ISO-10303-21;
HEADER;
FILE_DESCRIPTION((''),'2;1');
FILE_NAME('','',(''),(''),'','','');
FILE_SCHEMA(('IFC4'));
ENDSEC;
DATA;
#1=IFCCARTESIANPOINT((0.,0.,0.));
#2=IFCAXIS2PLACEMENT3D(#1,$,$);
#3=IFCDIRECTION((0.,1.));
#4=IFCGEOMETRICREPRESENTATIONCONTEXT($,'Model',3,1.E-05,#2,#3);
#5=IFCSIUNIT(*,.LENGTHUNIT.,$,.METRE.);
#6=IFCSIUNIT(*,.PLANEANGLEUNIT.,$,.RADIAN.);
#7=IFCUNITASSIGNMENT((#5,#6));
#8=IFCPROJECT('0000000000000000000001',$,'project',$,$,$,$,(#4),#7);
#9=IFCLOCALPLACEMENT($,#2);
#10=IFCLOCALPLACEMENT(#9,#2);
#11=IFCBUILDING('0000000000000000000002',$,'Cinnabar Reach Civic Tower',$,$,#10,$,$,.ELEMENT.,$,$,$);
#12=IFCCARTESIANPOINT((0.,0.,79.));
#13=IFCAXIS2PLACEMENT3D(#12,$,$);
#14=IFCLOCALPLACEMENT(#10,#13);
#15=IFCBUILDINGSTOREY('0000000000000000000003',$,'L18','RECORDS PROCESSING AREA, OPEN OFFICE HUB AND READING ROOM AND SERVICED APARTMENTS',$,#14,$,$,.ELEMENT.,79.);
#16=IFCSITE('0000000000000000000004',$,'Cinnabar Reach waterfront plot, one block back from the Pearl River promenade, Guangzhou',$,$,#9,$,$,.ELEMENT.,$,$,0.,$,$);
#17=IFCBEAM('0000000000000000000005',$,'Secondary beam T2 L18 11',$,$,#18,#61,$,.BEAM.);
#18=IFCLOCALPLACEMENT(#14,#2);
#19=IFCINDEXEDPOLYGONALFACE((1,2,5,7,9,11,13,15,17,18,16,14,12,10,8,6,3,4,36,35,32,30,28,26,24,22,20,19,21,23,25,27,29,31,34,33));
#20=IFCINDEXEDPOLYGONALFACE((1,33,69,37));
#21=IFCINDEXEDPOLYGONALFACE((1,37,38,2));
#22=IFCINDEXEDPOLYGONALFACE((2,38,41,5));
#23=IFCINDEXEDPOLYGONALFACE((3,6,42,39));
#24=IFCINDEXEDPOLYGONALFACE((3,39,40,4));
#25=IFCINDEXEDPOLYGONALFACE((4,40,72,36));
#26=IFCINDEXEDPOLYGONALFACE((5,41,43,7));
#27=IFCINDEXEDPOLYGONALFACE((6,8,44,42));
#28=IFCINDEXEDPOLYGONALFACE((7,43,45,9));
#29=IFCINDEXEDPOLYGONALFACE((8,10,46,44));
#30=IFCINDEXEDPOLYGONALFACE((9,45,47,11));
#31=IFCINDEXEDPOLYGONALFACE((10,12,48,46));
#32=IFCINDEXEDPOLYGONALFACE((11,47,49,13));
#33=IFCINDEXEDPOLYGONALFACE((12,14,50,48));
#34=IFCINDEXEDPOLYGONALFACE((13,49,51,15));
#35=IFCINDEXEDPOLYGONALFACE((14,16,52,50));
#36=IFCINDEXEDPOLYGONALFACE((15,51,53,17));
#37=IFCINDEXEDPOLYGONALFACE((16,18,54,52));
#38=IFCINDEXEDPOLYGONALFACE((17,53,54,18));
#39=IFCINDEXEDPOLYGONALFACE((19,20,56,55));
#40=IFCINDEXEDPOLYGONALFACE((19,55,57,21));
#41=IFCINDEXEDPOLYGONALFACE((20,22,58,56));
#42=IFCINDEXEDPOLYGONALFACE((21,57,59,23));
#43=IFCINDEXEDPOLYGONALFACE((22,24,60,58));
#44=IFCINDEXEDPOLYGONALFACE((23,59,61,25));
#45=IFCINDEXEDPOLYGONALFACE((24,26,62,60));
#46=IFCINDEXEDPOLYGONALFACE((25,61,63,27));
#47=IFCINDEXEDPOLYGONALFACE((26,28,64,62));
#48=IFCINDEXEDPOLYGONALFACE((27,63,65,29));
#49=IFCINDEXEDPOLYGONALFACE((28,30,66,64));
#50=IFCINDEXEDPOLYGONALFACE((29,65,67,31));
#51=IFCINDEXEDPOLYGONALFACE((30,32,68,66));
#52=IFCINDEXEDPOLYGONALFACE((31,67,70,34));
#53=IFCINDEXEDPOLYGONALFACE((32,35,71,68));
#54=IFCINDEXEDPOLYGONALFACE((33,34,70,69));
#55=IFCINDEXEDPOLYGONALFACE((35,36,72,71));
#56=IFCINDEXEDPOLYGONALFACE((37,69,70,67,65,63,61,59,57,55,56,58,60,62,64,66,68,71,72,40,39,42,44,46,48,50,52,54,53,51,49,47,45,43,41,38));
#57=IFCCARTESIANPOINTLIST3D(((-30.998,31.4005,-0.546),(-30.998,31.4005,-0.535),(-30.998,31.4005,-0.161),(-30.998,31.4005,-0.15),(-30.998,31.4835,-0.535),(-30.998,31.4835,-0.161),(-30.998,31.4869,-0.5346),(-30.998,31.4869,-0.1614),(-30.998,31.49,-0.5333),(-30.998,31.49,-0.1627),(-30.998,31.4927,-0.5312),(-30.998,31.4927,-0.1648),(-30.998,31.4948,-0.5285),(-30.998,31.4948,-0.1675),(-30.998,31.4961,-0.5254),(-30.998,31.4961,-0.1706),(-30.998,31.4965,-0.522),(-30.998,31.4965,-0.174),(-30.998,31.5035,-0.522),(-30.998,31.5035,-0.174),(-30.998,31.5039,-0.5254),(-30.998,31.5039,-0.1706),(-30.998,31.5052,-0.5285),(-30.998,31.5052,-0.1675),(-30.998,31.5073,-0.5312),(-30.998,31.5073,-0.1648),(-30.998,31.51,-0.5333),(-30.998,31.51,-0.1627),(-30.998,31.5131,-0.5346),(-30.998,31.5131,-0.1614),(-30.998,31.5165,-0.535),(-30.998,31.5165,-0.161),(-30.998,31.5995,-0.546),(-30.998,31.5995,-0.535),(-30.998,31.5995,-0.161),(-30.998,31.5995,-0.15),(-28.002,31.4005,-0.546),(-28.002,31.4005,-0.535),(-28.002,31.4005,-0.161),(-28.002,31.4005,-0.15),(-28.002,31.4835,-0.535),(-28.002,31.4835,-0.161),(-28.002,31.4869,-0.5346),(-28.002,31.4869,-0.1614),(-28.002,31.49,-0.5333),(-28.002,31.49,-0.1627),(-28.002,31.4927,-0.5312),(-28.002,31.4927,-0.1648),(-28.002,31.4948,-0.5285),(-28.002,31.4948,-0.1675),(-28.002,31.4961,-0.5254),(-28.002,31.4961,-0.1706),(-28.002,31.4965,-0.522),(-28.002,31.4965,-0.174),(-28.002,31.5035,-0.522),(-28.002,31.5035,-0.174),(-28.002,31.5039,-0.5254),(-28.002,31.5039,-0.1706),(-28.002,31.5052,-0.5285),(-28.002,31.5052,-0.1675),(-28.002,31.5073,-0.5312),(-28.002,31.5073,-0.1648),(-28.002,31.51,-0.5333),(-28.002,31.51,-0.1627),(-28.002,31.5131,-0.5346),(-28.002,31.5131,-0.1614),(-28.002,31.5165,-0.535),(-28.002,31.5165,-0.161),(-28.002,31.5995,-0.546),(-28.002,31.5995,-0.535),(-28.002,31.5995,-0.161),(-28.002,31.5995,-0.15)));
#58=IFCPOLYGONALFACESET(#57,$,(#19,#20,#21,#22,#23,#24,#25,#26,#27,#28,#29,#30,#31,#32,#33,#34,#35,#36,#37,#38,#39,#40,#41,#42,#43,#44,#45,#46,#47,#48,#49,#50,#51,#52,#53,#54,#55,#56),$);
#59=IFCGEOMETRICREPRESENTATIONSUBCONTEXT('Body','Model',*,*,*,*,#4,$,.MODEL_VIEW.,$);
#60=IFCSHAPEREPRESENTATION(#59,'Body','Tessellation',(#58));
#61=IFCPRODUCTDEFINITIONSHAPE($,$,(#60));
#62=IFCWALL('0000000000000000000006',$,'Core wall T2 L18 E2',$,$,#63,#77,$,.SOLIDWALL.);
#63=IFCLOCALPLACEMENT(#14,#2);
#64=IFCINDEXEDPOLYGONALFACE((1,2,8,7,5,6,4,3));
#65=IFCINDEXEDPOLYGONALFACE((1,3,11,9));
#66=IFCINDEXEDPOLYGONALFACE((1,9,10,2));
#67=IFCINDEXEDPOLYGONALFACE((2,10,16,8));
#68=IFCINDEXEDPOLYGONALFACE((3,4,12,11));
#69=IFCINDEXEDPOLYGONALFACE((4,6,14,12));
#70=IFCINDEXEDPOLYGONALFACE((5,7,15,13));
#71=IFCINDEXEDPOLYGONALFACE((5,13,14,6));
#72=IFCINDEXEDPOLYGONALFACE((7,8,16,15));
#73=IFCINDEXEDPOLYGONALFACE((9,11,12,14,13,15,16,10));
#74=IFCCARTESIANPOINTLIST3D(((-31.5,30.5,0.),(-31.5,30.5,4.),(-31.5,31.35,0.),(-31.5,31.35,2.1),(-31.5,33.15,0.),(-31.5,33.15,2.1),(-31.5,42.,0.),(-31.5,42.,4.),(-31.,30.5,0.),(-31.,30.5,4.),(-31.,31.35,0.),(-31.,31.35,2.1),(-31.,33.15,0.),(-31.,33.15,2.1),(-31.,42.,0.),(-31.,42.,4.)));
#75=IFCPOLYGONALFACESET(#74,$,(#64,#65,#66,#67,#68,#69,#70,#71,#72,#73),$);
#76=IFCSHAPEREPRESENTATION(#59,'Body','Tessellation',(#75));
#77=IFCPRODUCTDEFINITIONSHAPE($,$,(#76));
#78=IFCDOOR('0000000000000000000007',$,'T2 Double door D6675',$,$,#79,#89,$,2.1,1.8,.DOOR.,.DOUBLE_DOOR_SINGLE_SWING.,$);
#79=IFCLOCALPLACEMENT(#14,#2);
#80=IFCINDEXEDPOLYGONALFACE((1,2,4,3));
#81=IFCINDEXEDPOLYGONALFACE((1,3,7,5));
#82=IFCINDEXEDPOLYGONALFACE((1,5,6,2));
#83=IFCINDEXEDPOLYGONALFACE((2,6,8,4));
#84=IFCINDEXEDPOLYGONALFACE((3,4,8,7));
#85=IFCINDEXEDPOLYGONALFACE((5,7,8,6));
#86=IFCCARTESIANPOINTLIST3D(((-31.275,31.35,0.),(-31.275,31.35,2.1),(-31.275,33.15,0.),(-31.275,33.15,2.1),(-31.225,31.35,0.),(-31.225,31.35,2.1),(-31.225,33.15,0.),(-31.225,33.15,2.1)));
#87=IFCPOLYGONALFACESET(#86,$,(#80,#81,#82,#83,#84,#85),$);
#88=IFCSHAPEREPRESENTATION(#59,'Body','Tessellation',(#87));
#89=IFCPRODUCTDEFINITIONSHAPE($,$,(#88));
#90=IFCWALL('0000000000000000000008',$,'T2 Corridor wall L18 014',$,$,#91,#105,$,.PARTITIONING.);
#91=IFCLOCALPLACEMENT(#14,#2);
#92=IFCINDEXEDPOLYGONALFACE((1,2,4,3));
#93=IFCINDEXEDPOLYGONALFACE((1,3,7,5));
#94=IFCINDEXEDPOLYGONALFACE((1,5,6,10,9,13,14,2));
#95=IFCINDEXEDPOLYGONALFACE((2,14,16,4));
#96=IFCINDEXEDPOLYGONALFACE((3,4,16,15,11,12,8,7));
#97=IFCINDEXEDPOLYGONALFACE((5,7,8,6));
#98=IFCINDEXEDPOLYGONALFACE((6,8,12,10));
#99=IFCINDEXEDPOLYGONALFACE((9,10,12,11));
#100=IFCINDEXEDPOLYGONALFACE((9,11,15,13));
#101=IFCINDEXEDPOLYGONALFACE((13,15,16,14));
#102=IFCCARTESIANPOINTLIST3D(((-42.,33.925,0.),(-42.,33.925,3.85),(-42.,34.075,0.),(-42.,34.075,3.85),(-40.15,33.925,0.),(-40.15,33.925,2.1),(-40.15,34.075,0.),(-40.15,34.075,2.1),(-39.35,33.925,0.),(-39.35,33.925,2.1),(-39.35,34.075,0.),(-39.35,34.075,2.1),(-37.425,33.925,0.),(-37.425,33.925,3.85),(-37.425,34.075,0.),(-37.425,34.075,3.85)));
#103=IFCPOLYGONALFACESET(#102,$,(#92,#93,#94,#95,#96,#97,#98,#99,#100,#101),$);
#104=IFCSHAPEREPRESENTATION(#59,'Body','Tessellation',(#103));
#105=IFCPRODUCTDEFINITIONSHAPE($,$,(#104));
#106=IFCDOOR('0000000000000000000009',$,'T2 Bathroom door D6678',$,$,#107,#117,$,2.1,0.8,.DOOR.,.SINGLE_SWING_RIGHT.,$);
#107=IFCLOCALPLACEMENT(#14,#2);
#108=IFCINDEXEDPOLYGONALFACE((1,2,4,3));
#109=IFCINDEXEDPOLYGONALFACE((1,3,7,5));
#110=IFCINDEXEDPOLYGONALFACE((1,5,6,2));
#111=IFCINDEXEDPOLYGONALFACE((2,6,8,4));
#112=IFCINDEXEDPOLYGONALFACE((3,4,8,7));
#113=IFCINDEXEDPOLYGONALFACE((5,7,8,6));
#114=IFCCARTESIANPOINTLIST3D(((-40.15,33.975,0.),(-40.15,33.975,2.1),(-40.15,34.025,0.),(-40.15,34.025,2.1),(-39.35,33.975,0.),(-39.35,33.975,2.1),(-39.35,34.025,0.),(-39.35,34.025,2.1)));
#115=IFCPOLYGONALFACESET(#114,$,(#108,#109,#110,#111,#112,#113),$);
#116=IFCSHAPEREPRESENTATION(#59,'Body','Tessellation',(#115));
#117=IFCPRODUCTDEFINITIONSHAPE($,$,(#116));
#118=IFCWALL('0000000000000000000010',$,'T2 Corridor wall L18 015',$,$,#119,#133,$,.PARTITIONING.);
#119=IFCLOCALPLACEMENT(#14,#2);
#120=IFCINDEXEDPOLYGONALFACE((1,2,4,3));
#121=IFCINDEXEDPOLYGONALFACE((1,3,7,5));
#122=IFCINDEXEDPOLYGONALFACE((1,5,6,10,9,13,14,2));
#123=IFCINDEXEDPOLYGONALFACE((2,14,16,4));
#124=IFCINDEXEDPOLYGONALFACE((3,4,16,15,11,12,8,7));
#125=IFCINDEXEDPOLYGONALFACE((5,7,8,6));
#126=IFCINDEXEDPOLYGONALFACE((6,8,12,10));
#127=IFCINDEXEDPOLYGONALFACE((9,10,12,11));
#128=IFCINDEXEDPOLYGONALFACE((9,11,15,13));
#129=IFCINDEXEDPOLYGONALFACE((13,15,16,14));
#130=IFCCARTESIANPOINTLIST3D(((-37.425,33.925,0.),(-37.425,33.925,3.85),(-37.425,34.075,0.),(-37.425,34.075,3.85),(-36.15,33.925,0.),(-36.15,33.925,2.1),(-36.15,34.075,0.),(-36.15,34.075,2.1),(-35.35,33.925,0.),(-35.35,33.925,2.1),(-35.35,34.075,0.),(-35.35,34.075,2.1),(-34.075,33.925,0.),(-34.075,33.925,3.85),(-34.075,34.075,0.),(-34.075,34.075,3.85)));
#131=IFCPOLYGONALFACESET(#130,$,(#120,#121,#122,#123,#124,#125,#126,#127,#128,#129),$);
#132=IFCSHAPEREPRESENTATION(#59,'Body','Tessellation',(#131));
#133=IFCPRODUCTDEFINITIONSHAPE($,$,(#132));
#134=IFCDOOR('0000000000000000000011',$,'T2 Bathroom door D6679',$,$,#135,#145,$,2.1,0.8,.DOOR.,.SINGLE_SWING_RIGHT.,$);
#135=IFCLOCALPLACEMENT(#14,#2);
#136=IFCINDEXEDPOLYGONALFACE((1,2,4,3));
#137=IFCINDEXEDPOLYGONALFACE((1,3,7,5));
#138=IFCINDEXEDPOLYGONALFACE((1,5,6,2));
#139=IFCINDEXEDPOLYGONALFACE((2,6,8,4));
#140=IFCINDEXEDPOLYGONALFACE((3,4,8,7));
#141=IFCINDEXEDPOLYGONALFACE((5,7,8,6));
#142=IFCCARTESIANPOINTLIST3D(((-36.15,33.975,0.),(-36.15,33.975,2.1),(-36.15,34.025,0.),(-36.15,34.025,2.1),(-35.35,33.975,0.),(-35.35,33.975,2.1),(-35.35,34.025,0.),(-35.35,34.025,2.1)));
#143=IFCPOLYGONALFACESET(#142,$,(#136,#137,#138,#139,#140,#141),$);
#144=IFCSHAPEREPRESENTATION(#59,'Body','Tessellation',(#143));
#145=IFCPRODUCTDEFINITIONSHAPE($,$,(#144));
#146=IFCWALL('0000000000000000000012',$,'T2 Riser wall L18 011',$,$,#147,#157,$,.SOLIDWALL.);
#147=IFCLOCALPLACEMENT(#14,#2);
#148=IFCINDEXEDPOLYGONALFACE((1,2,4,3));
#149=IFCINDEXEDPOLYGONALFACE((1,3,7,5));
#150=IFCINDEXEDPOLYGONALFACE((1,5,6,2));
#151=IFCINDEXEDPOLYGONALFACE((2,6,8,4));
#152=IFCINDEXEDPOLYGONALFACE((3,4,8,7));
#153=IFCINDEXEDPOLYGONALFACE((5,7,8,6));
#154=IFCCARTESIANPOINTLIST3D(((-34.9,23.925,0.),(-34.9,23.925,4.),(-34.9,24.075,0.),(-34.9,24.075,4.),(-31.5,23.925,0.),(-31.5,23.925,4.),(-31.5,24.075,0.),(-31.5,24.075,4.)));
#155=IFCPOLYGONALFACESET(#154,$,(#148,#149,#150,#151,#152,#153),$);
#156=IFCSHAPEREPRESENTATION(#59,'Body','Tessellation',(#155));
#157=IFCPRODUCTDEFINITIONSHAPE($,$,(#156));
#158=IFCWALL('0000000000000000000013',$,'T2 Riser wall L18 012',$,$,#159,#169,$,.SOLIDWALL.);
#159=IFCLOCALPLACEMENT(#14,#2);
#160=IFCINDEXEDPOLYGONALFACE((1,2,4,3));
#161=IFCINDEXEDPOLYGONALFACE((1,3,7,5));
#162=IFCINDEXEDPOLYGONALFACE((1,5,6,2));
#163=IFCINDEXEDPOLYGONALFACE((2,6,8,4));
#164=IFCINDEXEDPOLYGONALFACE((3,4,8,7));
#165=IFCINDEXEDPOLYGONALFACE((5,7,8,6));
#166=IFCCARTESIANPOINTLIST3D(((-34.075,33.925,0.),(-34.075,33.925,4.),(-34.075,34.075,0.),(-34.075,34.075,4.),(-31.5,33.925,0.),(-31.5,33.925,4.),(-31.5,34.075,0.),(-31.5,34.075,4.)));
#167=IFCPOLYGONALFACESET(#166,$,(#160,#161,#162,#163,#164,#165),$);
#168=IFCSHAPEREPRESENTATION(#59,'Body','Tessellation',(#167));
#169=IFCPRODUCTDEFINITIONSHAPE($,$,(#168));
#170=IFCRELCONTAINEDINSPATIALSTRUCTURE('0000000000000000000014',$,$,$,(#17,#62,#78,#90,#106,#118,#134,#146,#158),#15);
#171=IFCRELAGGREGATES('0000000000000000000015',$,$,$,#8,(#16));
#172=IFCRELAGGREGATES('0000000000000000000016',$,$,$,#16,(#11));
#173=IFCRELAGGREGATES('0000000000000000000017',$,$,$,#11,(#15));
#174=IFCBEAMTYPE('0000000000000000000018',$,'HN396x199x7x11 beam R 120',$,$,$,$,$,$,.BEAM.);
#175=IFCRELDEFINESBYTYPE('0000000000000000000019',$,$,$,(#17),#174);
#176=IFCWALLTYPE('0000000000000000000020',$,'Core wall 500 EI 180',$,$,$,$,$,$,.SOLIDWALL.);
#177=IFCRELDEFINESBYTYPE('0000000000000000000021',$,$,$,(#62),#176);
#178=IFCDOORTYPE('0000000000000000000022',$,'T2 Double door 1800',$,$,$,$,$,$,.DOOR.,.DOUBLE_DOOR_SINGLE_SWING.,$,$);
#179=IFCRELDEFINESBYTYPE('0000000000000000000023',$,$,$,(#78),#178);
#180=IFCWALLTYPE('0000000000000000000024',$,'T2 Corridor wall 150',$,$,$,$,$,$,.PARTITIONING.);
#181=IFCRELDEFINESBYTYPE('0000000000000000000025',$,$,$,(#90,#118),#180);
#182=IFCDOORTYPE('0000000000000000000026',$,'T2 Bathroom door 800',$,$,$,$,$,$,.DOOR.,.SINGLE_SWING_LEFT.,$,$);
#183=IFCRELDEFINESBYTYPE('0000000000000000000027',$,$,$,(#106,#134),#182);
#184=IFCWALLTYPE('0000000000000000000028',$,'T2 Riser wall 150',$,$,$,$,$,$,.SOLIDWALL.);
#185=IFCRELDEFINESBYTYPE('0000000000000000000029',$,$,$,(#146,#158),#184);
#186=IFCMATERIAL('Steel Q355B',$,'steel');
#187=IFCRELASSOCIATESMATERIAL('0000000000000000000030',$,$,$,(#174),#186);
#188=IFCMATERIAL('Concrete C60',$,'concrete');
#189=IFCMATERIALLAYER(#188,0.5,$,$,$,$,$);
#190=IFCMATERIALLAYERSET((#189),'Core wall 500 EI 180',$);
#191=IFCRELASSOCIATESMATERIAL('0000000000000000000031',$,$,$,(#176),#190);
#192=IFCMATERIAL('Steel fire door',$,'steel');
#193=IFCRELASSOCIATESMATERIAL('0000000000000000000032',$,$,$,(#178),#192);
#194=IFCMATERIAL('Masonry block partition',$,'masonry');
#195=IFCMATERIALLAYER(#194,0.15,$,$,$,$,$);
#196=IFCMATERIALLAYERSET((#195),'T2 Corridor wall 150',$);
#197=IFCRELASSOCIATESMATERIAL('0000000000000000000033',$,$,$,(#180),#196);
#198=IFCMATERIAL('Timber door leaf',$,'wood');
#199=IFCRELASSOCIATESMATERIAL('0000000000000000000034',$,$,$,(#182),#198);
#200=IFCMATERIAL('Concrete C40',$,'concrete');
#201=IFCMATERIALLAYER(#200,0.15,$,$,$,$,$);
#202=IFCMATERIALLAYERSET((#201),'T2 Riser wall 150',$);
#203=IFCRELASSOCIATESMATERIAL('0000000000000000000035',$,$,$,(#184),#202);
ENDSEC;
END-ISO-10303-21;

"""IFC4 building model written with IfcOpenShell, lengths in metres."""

from ifc_helpers import new_model, si_unit, direction, frame, frame_2d, origin, origin_2d, place, context, subcontext, project, spatial, rectangle, i_section, extrude, material, layer, layer_set, material_profile, profile_set, type_object, element, fill, save


model = new_model("IFC4")

# Units and contexts
model_context = context("Model", 3, precision=1e-05, world=origin(), true_north=direction((0.0, 1.0)))
body_context = subcontext(model_context, "Body", "Model", "MODEL_VIEW")
ifc_project = project(units=[si_unit("LENGTHUNIT", "METRE"), si_unit("PLANEANGLEUNIT", "RADIAN")], contexts=[model_context])

# Site, building, storey
site_placement = place(None, origin())
site = spatial("IfcSite", under=ifc_project, at=site_placement, Name="Cinnabar Reach waterfront plot, one block back from the Pearl River promenade, Guangzhou", CompositionType="ELEMENT", RefElevation=0.0)
building_placement = place(site_placement, origin())
building = spatial("IfcBuilding", under=site, at=building_placement, Name="Cinnabar Reach Civic Tower", CompositionType="ELEMENT")
storey_placement = place(building_placement, frame((0.0, 0.0, 79.0)))
storey = spatial("IfcBuildingStorey", under=building, at=storey_placement, Name="L18", Description="RECORDS PROCESSING AREA, OPEN OFFICE HUB AND READING ROOM AND SERVICED APARTMENTS", CompositionType="ELEMENT", Elevation=79.0)

# Beam
ifc_material_1 = material(Name="Steel Q355B", Category="steel")
ifc_material_profile = material_profile(ifc_material_1, i_section(OverallWidth=0.199, OverallDepth=0.396, WebThickness=0.007, FlangeThickness=0.011, FilletRadius=0.013, at=origin_2d()), Name="HN396x199x7x11")
ifc_profile_set = profile_set([ifc_material_profile], Name="Steel Q355B")
beam_type = type_object("IfcBeamType", Name="HN396x199x7x11 beam R 120", PredefinedType="BEAM", material=ifc_profile_set)
beam_placement = place(storey_placement, frame((-30.998, 31.5, -0.348), z_axis=(1.0, 0.0, 0.0), x_axis=(0.0, 1.0, 0.0)))
element("IfcBeam", 1, at=beam_placement, inside=storey, type_object=beam_type, Name="Secondary beam T2 L18 11", PredefinedType="BEAM", context=body_context, shape_type="SweptSolid", body=[
    extrude(i_section(OverallWidth=0.199, OverallDepth=0.396, WebThickness=0.007, FlangeThickness=0.011, FilletRadius=0.013, at=origin_2d()), origin(), (0.0, 0.0, 1.0), 2.996),
])

# Walls, openings, doors
ifc_material_2 = material(Name="Concrete C60", Category="concrete")
ifc_layer_1 = layer(ifc_material_2, 0.5)
ifc_layer_set_1 = layer_set([ifc_layer_1], Name="Core wall 500 EI 180")
wall_type_1 = type_object("IfcWallType", Name="Core wall 500 EI 180", PredefinedType="SOLIDWALL", material=ifc_layer_set_1)
wall_1_placement = place(storey_placement, frame((-31.25, 30.5, 0.0), z_axis=(0.0, 0.0, 1.0), x_axis=(0.0, 1.0, 0.0)))
wall_1 = element("IfcWall", 2, at=wall_1_placement, inside=storey, type_object=wall_type_1, Name="Core wall T2 L18 E2", PredefinedType="SOLIDWALL", context=body_context, shape_type="SweptSolid", body=[
    extrude(rectangle(XDim=11.5, YDim=0.5, at=frame_2d((5.75, 0.0))), origin(), (0.0, 0.0, 1.0), 4.0),
])
opening_1_placement = place(wall_1_placement, frame((0.85, 0.0, 0.0)))
opening_1 = element("IfcOpeningElement", 3, at=opening_1_placement, cuts=wall_1, PredefinedType="OPENING", context=body_context, shape_type="SweptSolid", body=[
    extrude(rectangle(XDim=1.8, YDim=2.1, at=frame_2d((0.9, 1.05))), frame((0.0, 0.26, 0.0), z_axis=(0.0, -1.0, 0.0), x_axis=(1.0, 0.0, 0.0)), (0.0, 0.0, 1.0), 0.52),
])
ifc_material_3 = material(Name="Steel fire door", Category="steel")
door_type_1 = type_object("IfcDoorType", Name="T2 Double door 1800", OperationType="DOUBLE_DOOR_SINGLE_SWING", PredefinedType="DOOR", material=ifc_material_3)
door_1_placement = place(opening_1_placement, origin())
door_1 = element("IfcDoor", 4, at=door_1_placement, inside=storey, type_object=door_type_1, Name="T2 Double door D6675", OperationType="DOUBLE_DOOR_SINGLE_SWING", OverallHeight=2.1, OverallWidth=1.8, PredefinedType="DOOR", context=body_context, shape_type="SweptSolid", body=[
    extrude(rectangle(XDim=1.8, YDim=2.1, at=frame_2d((0.9, 1.05))), frame((0.0, 0.025, 0.0), z_axis=(0.0, -1.0, 0.0), x_axis=(1.0, 0.0, 0.0)), (0.0, 0.0, 1.0), 0.05),
])
fill(opening_1, door_1)
ifc_material_4 = material(Name="Masonry block partition", Category="masonry")
ifc_layer_2 = layer(ifc_material_4, 0.15)
ifc_layer_set_2 = layer_set([ifc_layer_2], Name="T2 Corridor wall 150")
wall_type_2 = type_object("IfcWallType", Name="T2 Corridor wall 150", PredefinedType="PARTITIONING", material=ifc_layer_set_2)
wall_2_placement = place(storey_placement, frame((-37.425, 34.0, 0.0), z_axis=(0.0, 0.0, 1.0), x_axis=(-1.0, 0.0, 0.0)))
wall_2 = element("IfcWall", 5, at=wall_2_placement, inside=storey, type_object=wall_type_2, Name="T2 Corridor wall L18 014", PredefinedType="PARTITIONING", context=body_context, shape_type="SweptSolid", body=[
    extrude(rectangle(XDim=4.575, YDim=0.15, at=frame_2d((2.2875, 0.0))), origin(), (0.0, 0.0, 1.0), 3.85),
])
opening_2_placement = place(wall_2_placement, frame((1.925, 0.0, 0.0)))
opening_2 = element("IfcOpeningElement", 6, at=opening_2_placement, cuts=wall_2, PredefinedType="OPENING", context=body_context, shape_type="SweptSolid", body=[
    extrude(rectangle(XDim=0.8, YDim=2.1, at=frame_2d((0.4, 1.05))), frame((0.0, 0.085, 0.0), z_axis=(0.0, -1.0, 0.0), x_axis=(1.0, 0.0, 0.0)), (0.0, 0.0, 1.0), 0.17),
])
ifc_material_5 = material(Name="Timber door leaf", Category="wood")
door_type_2 = type_object("IfcDoorType", Name="T2 Bathroom door 800", OperationType="SINGLE_SWING_LEFT", PredefinedType="DOOR", material=ifc_material_5)
door_2_placement = place(opening_2_placement, frame((0.8, 0.0, 0.0), z_axis=(0.0, 0.0, 1.0), x_axis=(-1.0, 0.0, 0.0)))
door_2 = element("IfcDoor", 7, at=door_2_placement, inside=storey, type_object=door_type_2, Name="T2 Bathroom door D6678", OperationType="SINGLE_SWING_RIGHT", OverallHeight=2.1, OverallWidth=0.8, PredefinedType="DOOR", context=body_context, shape_type="SweptSolid", body=[
    extrude(rectangle(XDim=0.8, YDim=2.1, at=frame_2d((0.4, 1.05))), frame((0.0, 0.025, 0.0), z_axis=(0.0, -1.0, 0.0), x_axis=(1.0, 0.0, 0.0)), (0.0, 0.0, 1.0), 0.05),
])
fill(opening_2, door_2)
wall_3_placement = place(storey_placement, frame((-34.075, 34.0, 0.0), z_axis=(0.0, 0.0, 1.0), x_axis=(-1.0, 0.0, 0.0)))
wall_3 = element("IfcWall", 8, at=wall_3_placement, inside=storey, type_object=wall_type_2, Name="T2 Corridor wall L18 015", PredefinedType="PARTITIONING", context=body_context, shape_type="SweptSolid", body=[
    extrude(rectangle(XDim=3.35, YDim=0.15, at=frame_2d((1.675, 0.0))), origin(), (0.0, 0.0, 1.0), 3.85),
])
opening_3_placement = place(wall_3_placement, frame((1.275, 0.0, 0.0)))
opening_3 = element("IfcOpeningElement", 9, at=opening_3_placement, cuts=wall_3, PredefinedType="OPENING", context=body_context, shape_type="SweptSolid", body=[
    extrude(rectangle(XDim=0.8, YDim=2.1, at=frame_2d((0.4, 1.05))), frame((0.0, 0.085, 0.0), z_axis=(0.0, -1.0, 0.0), x_axis=(1.0, 0.0, 0.0)), (0.0, 0.0, 1.0), 0.17),
])
door_3_placement = place(opening_3_placement, frame((0.8, 0.0, 0.0), z_axis=(0.0, 0.0, 1.0), x_axis=(-1.0, 0.0, 0.0)))
door_3 = element("IfcDoor", 10, at=door_3_placement, inside=storey, type_object=door_type_2, Name="T2 Bathroom door D6679", OperationType="SINGLE_SWING_RIGHT", OverallHeight=2.1, OverallWidth=0.8, PredefinedType="DOOR", context=body_context, shape_type="SweptSolid", body=[
    extrude(rectangle(XDim=0.8, YDim=2.1, at=frame_2d((0.4, 1.05))), frame((0.0, 0.025, 0.0), z_axis=(0.0, -1.0, 0.0), x_axis=(1.0, 0.0, 0.0)), (0.0, 0.0, 1.0), 0.05),
])
fill(opening_3, door_3)

# Walls
ifc_material_6 = material(Name="Concrete C40", Category="concrete")
ifc_layer_3 = layer(ifc_material_6, 0.15)
ifc_layer_set_3 = layer_set([ifc_layer_3], Name="T2 Riser wall 150")
wall_type_3 = type_object("IfcWallType", Name="T2 Riser wall 150", PredefinedType="SOLIDWALL", material=ifc_layer_set_3)
wall_4_placement = place(storey_placement, frame((-31.5, 24.0, 0.0), z_axis=(0.0, 0.0, 1.0), x_axis=(-1.0, 0.0, 0.0)))
element("IfcWall", 11, at=wall_4_placement, inside=storey, type_object=wall_type_3, Name="T2 Riser wall L18 011", PredefinedType="SOLIDWALL", context=body_context, shape_type="SweptSolid", body=[
    extrude(rectangle(XDim=3.4, YDim=0.15, at=frame_2d((1.7, 0.0))), origin(), (0.0, 0.0, 1.0), 4.0),
])
wall_5_placement = place(storey_placement, frame((-34.075, 34.0, 0.0), z_axis=(0.0, 0.0, 1.0), x_axis=(1.0, 0.0, 0.0)))
element("IfcWall", 12, at=wall_5_placement, inside=storey, type_object=wall_type_3, Name="T2 Riser wall L18 012", PredefinedType="SOLIDWALL", context=body_context, shape_type="SweptSolid", body=[
    extrude(rectangle(XDim=2.575, YDim=0.15, at=frame_2d((1.2875, 0.0))), origin(), (0.0, 0.0, 1.0), 4.0),
])

save(model, "model.ifc")
